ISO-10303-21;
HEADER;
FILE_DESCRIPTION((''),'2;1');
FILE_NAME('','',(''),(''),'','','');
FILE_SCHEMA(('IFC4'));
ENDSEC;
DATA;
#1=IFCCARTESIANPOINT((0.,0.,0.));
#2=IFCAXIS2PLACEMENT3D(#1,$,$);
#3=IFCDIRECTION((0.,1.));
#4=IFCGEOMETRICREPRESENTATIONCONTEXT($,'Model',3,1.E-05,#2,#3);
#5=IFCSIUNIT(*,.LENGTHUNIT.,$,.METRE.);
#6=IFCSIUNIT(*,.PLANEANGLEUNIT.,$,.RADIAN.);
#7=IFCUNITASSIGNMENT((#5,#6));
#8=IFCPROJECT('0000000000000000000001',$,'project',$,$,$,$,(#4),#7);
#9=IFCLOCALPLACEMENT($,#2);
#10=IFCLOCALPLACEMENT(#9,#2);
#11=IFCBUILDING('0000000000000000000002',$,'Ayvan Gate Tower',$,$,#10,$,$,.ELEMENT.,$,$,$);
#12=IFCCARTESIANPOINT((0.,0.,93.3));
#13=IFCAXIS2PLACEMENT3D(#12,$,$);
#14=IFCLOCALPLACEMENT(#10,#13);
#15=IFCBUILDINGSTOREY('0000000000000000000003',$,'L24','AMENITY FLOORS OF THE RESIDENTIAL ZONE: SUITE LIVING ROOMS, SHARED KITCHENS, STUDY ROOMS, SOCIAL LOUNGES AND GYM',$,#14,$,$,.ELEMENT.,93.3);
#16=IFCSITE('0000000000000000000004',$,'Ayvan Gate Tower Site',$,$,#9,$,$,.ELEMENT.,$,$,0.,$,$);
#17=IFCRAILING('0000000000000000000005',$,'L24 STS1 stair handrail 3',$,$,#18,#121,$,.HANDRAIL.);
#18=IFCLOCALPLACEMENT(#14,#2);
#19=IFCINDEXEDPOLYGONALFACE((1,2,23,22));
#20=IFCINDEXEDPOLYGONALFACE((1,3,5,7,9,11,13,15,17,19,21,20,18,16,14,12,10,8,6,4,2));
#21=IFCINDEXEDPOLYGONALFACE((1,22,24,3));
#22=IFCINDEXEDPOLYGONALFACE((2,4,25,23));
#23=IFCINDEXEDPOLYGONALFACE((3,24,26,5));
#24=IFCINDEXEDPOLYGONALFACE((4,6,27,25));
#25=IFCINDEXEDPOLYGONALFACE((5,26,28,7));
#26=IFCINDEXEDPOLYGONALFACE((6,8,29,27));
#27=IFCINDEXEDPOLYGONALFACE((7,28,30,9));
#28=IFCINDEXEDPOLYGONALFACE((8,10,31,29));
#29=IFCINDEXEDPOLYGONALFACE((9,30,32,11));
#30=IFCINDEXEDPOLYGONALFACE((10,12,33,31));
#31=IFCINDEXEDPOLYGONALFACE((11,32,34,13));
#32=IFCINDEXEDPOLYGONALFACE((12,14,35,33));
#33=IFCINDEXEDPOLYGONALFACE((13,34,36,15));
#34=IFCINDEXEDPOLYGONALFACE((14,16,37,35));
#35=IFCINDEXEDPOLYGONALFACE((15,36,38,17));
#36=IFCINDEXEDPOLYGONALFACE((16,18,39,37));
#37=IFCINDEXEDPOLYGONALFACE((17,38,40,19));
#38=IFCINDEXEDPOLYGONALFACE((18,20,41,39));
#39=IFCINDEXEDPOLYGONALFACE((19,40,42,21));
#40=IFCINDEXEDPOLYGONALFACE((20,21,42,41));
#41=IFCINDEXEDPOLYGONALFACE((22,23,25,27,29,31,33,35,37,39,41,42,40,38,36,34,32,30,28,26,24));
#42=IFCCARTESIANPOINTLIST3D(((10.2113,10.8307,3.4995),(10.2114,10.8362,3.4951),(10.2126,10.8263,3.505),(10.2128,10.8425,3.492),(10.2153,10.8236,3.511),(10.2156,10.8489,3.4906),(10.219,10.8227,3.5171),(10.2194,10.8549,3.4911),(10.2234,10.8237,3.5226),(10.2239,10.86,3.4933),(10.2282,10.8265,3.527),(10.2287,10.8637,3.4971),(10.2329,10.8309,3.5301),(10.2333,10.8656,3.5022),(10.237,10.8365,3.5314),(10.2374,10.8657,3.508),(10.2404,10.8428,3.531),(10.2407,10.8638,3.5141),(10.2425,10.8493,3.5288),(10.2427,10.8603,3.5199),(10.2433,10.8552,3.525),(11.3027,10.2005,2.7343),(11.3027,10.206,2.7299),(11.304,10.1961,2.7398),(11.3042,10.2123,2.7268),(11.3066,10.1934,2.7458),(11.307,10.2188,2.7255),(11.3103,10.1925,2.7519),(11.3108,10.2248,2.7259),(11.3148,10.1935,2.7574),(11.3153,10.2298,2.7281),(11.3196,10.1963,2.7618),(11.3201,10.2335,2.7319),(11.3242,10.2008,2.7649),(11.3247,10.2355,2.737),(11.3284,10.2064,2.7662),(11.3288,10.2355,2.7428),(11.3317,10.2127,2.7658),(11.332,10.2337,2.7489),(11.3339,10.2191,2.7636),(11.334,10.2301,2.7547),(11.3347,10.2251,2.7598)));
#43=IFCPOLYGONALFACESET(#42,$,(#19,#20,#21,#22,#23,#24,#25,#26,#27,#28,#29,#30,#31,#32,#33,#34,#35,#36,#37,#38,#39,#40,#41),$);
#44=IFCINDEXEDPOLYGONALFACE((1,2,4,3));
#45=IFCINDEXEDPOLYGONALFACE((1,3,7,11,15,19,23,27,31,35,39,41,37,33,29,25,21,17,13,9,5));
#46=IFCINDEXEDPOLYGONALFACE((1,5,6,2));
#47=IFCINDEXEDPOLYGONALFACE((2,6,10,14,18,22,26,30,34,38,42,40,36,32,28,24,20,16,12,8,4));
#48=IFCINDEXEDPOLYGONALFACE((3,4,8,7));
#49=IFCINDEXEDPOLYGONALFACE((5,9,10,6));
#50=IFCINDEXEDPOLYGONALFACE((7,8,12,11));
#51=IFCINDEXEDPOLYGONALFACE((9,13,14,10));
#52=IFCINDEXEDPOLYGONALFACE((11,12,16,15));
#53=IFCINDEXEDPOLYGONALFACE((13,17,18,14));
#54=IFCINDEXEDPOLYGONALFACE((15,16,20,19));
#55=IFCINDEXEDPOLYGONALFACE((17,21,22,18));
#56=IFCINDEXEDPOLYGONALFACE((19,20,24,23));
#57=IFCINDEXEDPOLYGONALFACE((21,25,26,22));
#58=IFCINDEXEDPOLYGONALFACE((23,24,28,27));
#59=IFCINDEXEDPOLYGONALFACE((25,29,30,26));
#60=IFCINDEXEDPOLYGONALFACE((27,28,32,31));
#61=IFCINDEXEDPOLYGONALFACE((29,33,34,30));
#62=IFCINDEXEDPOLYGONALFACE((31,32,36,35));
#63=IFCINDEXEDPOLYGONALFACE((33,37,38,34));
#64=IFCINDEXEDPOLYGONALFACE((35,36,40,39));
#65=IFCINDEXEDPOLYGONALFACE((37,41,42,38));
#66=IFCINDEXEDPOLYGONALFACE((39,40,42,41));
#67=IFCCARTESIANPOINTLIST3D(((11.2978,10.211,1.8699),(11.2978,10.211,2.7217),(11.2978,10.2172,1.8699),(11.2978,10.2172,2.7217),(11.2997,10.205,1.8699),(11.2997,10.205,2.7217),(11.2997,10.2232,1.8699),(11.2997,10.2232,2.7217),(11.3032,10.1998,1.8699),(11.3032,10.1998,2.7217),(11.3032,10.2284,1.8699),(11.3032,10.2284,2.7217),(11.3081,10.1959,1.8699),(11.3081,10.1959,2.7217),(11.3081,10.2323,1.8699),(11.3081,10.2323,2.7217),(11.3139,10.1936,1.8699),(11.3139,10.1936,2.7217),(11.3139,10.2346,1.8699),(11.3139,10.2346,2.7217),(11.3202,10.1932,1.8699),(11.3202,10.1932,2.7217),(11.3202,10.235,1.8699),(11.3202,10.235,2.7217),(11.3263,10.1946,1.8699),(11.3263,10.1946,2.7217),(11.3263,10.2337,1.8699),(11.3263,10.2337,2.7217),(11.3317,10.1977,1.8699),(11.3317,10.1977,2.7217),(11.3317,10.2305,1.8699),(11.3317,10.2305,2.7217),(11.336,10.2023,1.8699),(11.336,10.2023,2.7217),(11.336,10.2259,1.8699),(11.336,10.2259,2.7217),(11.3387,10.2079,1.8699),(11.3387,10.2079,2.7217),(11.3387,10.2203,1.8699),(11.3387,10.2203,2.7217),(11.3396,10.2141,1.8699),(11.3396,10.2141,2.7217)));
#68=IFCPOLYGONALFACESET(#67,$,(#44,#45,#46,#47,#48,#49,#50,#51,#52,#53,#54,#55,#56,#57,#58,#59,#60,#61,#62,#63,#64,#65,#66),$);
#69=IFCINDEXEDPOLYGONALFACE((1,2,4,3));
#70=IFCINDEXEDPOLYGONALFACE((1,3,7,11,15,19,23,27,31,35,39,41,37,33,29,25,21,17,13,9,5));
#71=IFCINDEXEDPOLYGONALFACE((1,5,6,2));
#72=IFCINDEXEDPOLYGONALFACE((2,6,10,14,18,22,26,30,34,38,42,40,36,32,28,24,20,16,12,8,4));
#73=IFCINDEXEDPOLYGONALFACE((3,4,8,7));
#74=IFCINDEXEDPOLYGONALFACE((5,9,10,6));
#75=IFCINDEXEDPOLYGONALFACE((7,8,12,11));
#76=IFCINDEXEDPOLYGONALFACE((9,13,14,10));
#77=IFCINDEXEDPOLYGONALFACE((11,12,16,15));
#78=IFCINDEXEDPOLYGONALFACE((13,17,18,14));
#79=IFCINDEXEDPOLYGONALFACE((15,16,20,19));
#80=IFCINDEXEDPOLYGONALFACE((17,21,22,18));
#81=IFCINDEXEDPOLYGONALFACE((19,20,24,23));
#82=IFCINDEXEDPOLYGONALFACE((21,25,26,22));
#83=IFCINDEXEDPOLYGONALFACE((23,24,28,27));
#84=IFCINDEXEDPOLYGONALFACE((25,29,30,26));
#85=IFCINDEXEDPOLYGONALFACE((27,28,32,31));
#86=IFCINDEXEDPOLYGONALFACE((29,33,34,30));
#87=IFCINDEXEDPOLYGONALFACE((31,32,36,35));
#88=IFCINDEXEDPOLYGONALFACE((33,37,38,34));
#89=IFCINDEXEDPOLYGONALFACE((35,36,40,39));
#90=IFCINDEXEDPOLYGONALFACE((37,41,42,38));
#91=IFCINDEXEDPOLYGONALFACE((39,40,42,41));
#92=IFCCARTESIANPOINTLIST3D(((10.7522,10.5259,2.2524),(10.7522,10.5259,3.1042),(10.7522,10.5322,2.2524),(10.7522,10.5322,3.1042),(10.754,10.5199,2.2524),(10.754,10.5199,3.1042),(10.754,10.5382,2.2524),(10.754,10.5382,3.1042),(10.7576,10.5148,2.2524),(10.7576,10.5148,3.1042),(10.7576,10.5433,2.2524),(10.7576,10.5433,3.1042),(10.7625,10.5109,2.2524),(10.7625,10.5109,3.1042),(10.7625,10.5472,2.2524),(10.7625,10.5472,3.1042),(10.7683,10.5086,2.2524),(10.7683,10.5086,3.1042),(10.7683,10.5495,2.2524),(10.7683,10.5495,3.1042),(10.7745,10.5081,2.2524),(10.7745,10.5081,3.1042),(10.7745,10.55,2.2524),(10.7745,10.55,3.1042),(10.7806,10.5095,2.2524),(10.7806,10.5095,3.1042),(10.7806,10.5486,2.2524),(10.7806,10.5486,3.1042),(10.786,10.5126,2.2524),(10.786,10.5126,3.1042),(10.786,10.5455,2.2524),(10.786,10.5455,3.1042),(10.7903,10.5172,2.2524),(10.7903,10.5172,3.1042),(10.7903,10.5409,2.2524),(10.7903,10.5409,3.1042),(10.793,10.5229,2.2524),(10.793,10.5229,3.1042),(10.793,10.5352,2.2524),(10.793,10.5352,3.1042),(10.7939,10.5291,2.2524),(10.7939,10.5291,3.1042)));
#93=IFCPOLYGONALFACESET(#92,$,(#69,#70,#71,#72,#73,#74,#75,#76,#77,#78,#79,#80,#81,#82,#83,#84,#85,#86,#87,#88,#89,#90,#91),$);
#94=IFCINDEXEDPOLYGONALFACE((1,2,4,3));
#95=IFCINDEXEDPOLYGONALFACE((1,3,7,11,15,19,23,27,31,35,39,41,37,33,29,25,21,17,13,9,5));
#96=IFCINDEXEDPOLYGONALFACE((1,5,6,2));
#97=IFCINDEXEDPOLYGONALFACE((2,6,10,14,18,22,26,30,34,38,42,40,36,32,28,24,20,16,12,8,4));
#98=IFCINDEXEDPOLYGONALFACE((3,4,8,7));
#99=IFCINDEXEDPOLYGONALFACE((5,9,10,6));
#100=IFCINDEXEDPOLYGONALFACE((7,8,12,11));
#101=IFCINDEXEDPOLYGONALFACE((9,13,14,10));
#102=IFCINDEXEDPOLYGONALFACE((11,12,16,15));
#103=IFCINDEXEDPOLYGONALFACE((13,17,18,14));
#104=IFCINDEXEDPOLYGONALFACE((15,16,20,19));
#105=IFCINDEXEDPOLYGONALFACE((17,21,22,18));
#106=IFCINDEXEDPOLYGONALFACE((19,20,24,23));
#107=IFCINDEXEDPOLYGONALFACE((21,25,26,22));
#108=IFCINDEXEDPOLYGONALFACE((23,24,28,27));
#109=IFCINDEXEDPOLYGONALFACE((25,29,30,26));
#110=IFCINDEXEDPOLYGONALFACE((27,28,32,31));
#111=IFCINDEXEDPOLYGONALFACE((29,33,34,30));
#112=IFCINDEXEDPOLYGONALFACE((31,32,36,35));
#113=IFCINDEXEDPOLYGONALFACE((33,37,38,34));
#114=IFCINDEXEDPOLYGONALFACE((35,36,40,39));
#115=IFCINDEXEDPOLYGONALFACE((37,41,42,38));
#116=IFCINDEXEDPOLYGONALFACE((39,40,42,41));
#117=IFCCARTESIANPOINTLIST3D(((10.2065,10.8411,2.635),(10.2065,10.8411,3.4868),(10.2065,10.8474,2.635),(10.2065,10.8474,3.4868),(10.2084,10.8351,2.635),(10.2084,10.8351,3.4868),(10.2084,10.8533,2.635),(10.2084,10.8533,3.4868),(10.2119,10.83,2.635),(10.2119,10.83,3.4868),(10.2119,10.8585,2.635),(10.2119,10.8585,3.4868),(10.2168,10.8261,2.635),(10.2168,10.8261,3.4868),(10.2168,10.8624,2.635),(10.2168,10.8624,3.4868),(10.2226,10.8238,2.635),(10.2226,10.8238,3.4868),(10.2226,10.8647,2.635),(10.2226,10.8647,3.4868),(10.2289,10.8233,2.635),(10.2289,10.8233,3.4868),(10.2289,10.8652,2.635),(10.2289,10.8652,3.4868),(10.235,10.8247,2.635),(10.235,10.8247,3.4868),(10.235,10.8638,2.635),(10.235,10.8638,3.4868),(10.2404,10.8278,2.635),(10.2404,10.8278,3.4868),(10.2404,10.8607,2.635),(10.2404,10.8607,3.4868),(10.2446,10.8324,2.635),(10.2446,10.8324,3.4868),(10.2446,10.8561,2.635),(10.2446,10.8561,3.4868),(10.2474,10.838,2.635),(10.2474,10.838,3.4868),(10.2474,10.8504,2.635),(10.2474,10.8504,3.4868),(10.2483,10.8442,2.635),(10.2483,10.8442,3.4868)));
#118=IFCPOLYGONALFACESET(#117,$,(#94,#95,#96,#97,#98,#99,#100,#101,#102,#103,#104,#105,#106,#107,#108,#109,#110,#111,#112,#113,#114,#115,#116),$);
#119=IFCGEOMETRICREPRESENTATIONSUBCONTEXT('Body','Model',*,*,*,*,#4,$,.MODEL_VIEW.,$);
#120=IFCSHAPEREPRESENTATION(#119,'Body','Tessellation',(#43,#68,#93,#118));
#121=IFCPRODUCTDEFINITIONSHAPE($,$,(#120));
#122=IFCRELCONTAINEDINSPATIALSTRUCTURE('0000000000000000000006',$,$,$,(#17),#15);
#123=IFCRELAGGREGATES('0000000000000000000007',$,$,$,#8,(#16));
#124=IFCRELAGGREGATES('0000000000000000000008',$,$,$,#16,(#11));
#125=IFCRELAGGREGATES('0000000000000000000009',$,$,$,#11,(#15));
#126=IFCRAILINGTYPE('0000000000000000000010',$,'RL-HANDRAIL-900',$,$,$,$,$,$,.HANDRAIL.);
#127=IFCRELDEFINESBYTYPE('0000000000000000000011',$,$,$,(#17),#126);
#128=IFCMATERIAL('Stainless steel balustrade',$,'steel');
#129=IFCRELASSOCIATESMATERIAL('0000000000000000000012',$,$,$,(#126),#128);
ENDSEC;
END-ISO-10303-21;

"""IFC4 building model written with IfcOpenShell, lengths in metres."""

from ifc_helpers import new_model, si_unit, direction, frame, origin, origin_2d, place, context, subcontext, project, spatial, circle, extrude, material, type_object, element, save


model = new_model("IFC4")

# Units and contexts
model_context = context("Model", 3, precision=1e-05, world=origin(), true_north=direction((0.0, 1.0)))
body_context = subcontext(model_context, "Body", "Model", "MODEL_VIEW")
ifc_project = project(units=[si_unit("LENGTHUNIT", "METRE"), si_unit("PLANEANGLEUNIT", "RADIAN")], contexts=[model_context])

# Site, building, storey
site_placement = place(None, origin())
site = spatial("IfcSite", under=ifc_project, at=site_placement, Name="Ayvan Gate Tower Site", CompositionType="ELEMENT", RefElevation=0.0)
building_placement = place(site_placement, origin())
building = spatial("IfcBuilding", under=site, at=building_placement, Name="Ayvan Gate Tower", CompositionType="ELEMENT")
storey_placement = place(building_placement, frame((0.0, 0.0, 93.3)))
storey = spatial("IfcBuildingStorey", under=building, at=storey_placement, Name="L24", Description="AMENITY FLOORS OF THE RESIDENTIAL ZONE: SUITE LIVING ROOMS, SHARED KITCHENS, STUDY ROOMS, SOCIAL LOUNGES AND GYM", CompositionType="ELEMENT", Elevation=93.3)

# Railing
ifc_material_1 = material(Name="Stainless steel balustrade", Category="steel")
railing_type_1 = type_object("IfcRailingType", Name="RL-HANDRAIL-900", PredefinedType="HANDRAIL", material=ifc_material_1)
railing_1_placement = place(storey_placement, frame((11.3186, 10.2141, 1.8699)))
element("IfcRailing", 1, at=railing_1_placement, inside=storey, type_object=railing_type_1, Name="L24 STS1 stair handrail 3", PredefinedType="HANDRAIL", context=body_context, shape_type="SweptSolid", body=[
    extrude(circle(Radius=0.0239, at=origin_2d()), frame((0.0, 0.0, 0.876), z_axis=(-0.740241, 0.427419, 0.518996), x_axis=(-0.500035, -0.866005, 0.0)), (0.0, 0.0, 1.0), 1.4744),
    extrude(circle(Radius=0.021, at=origin_2d()), origin(), (0.0, 0.0, 1.0), 0.8518),
    extrude(circle(Radius=0.021, at=origin_2d()), frame((-0.5457, 0.3149, 0.3826)), (0.0, 0.0, 1.0), 0.8518),
    extrude(circle(Radius=0.021, at=origin_2d()), frame((-1.0913, 0.6301, 0.7651)), (0.0, 0.0, 1.0), 0.8518),
])

save(model, "model.ifc")
